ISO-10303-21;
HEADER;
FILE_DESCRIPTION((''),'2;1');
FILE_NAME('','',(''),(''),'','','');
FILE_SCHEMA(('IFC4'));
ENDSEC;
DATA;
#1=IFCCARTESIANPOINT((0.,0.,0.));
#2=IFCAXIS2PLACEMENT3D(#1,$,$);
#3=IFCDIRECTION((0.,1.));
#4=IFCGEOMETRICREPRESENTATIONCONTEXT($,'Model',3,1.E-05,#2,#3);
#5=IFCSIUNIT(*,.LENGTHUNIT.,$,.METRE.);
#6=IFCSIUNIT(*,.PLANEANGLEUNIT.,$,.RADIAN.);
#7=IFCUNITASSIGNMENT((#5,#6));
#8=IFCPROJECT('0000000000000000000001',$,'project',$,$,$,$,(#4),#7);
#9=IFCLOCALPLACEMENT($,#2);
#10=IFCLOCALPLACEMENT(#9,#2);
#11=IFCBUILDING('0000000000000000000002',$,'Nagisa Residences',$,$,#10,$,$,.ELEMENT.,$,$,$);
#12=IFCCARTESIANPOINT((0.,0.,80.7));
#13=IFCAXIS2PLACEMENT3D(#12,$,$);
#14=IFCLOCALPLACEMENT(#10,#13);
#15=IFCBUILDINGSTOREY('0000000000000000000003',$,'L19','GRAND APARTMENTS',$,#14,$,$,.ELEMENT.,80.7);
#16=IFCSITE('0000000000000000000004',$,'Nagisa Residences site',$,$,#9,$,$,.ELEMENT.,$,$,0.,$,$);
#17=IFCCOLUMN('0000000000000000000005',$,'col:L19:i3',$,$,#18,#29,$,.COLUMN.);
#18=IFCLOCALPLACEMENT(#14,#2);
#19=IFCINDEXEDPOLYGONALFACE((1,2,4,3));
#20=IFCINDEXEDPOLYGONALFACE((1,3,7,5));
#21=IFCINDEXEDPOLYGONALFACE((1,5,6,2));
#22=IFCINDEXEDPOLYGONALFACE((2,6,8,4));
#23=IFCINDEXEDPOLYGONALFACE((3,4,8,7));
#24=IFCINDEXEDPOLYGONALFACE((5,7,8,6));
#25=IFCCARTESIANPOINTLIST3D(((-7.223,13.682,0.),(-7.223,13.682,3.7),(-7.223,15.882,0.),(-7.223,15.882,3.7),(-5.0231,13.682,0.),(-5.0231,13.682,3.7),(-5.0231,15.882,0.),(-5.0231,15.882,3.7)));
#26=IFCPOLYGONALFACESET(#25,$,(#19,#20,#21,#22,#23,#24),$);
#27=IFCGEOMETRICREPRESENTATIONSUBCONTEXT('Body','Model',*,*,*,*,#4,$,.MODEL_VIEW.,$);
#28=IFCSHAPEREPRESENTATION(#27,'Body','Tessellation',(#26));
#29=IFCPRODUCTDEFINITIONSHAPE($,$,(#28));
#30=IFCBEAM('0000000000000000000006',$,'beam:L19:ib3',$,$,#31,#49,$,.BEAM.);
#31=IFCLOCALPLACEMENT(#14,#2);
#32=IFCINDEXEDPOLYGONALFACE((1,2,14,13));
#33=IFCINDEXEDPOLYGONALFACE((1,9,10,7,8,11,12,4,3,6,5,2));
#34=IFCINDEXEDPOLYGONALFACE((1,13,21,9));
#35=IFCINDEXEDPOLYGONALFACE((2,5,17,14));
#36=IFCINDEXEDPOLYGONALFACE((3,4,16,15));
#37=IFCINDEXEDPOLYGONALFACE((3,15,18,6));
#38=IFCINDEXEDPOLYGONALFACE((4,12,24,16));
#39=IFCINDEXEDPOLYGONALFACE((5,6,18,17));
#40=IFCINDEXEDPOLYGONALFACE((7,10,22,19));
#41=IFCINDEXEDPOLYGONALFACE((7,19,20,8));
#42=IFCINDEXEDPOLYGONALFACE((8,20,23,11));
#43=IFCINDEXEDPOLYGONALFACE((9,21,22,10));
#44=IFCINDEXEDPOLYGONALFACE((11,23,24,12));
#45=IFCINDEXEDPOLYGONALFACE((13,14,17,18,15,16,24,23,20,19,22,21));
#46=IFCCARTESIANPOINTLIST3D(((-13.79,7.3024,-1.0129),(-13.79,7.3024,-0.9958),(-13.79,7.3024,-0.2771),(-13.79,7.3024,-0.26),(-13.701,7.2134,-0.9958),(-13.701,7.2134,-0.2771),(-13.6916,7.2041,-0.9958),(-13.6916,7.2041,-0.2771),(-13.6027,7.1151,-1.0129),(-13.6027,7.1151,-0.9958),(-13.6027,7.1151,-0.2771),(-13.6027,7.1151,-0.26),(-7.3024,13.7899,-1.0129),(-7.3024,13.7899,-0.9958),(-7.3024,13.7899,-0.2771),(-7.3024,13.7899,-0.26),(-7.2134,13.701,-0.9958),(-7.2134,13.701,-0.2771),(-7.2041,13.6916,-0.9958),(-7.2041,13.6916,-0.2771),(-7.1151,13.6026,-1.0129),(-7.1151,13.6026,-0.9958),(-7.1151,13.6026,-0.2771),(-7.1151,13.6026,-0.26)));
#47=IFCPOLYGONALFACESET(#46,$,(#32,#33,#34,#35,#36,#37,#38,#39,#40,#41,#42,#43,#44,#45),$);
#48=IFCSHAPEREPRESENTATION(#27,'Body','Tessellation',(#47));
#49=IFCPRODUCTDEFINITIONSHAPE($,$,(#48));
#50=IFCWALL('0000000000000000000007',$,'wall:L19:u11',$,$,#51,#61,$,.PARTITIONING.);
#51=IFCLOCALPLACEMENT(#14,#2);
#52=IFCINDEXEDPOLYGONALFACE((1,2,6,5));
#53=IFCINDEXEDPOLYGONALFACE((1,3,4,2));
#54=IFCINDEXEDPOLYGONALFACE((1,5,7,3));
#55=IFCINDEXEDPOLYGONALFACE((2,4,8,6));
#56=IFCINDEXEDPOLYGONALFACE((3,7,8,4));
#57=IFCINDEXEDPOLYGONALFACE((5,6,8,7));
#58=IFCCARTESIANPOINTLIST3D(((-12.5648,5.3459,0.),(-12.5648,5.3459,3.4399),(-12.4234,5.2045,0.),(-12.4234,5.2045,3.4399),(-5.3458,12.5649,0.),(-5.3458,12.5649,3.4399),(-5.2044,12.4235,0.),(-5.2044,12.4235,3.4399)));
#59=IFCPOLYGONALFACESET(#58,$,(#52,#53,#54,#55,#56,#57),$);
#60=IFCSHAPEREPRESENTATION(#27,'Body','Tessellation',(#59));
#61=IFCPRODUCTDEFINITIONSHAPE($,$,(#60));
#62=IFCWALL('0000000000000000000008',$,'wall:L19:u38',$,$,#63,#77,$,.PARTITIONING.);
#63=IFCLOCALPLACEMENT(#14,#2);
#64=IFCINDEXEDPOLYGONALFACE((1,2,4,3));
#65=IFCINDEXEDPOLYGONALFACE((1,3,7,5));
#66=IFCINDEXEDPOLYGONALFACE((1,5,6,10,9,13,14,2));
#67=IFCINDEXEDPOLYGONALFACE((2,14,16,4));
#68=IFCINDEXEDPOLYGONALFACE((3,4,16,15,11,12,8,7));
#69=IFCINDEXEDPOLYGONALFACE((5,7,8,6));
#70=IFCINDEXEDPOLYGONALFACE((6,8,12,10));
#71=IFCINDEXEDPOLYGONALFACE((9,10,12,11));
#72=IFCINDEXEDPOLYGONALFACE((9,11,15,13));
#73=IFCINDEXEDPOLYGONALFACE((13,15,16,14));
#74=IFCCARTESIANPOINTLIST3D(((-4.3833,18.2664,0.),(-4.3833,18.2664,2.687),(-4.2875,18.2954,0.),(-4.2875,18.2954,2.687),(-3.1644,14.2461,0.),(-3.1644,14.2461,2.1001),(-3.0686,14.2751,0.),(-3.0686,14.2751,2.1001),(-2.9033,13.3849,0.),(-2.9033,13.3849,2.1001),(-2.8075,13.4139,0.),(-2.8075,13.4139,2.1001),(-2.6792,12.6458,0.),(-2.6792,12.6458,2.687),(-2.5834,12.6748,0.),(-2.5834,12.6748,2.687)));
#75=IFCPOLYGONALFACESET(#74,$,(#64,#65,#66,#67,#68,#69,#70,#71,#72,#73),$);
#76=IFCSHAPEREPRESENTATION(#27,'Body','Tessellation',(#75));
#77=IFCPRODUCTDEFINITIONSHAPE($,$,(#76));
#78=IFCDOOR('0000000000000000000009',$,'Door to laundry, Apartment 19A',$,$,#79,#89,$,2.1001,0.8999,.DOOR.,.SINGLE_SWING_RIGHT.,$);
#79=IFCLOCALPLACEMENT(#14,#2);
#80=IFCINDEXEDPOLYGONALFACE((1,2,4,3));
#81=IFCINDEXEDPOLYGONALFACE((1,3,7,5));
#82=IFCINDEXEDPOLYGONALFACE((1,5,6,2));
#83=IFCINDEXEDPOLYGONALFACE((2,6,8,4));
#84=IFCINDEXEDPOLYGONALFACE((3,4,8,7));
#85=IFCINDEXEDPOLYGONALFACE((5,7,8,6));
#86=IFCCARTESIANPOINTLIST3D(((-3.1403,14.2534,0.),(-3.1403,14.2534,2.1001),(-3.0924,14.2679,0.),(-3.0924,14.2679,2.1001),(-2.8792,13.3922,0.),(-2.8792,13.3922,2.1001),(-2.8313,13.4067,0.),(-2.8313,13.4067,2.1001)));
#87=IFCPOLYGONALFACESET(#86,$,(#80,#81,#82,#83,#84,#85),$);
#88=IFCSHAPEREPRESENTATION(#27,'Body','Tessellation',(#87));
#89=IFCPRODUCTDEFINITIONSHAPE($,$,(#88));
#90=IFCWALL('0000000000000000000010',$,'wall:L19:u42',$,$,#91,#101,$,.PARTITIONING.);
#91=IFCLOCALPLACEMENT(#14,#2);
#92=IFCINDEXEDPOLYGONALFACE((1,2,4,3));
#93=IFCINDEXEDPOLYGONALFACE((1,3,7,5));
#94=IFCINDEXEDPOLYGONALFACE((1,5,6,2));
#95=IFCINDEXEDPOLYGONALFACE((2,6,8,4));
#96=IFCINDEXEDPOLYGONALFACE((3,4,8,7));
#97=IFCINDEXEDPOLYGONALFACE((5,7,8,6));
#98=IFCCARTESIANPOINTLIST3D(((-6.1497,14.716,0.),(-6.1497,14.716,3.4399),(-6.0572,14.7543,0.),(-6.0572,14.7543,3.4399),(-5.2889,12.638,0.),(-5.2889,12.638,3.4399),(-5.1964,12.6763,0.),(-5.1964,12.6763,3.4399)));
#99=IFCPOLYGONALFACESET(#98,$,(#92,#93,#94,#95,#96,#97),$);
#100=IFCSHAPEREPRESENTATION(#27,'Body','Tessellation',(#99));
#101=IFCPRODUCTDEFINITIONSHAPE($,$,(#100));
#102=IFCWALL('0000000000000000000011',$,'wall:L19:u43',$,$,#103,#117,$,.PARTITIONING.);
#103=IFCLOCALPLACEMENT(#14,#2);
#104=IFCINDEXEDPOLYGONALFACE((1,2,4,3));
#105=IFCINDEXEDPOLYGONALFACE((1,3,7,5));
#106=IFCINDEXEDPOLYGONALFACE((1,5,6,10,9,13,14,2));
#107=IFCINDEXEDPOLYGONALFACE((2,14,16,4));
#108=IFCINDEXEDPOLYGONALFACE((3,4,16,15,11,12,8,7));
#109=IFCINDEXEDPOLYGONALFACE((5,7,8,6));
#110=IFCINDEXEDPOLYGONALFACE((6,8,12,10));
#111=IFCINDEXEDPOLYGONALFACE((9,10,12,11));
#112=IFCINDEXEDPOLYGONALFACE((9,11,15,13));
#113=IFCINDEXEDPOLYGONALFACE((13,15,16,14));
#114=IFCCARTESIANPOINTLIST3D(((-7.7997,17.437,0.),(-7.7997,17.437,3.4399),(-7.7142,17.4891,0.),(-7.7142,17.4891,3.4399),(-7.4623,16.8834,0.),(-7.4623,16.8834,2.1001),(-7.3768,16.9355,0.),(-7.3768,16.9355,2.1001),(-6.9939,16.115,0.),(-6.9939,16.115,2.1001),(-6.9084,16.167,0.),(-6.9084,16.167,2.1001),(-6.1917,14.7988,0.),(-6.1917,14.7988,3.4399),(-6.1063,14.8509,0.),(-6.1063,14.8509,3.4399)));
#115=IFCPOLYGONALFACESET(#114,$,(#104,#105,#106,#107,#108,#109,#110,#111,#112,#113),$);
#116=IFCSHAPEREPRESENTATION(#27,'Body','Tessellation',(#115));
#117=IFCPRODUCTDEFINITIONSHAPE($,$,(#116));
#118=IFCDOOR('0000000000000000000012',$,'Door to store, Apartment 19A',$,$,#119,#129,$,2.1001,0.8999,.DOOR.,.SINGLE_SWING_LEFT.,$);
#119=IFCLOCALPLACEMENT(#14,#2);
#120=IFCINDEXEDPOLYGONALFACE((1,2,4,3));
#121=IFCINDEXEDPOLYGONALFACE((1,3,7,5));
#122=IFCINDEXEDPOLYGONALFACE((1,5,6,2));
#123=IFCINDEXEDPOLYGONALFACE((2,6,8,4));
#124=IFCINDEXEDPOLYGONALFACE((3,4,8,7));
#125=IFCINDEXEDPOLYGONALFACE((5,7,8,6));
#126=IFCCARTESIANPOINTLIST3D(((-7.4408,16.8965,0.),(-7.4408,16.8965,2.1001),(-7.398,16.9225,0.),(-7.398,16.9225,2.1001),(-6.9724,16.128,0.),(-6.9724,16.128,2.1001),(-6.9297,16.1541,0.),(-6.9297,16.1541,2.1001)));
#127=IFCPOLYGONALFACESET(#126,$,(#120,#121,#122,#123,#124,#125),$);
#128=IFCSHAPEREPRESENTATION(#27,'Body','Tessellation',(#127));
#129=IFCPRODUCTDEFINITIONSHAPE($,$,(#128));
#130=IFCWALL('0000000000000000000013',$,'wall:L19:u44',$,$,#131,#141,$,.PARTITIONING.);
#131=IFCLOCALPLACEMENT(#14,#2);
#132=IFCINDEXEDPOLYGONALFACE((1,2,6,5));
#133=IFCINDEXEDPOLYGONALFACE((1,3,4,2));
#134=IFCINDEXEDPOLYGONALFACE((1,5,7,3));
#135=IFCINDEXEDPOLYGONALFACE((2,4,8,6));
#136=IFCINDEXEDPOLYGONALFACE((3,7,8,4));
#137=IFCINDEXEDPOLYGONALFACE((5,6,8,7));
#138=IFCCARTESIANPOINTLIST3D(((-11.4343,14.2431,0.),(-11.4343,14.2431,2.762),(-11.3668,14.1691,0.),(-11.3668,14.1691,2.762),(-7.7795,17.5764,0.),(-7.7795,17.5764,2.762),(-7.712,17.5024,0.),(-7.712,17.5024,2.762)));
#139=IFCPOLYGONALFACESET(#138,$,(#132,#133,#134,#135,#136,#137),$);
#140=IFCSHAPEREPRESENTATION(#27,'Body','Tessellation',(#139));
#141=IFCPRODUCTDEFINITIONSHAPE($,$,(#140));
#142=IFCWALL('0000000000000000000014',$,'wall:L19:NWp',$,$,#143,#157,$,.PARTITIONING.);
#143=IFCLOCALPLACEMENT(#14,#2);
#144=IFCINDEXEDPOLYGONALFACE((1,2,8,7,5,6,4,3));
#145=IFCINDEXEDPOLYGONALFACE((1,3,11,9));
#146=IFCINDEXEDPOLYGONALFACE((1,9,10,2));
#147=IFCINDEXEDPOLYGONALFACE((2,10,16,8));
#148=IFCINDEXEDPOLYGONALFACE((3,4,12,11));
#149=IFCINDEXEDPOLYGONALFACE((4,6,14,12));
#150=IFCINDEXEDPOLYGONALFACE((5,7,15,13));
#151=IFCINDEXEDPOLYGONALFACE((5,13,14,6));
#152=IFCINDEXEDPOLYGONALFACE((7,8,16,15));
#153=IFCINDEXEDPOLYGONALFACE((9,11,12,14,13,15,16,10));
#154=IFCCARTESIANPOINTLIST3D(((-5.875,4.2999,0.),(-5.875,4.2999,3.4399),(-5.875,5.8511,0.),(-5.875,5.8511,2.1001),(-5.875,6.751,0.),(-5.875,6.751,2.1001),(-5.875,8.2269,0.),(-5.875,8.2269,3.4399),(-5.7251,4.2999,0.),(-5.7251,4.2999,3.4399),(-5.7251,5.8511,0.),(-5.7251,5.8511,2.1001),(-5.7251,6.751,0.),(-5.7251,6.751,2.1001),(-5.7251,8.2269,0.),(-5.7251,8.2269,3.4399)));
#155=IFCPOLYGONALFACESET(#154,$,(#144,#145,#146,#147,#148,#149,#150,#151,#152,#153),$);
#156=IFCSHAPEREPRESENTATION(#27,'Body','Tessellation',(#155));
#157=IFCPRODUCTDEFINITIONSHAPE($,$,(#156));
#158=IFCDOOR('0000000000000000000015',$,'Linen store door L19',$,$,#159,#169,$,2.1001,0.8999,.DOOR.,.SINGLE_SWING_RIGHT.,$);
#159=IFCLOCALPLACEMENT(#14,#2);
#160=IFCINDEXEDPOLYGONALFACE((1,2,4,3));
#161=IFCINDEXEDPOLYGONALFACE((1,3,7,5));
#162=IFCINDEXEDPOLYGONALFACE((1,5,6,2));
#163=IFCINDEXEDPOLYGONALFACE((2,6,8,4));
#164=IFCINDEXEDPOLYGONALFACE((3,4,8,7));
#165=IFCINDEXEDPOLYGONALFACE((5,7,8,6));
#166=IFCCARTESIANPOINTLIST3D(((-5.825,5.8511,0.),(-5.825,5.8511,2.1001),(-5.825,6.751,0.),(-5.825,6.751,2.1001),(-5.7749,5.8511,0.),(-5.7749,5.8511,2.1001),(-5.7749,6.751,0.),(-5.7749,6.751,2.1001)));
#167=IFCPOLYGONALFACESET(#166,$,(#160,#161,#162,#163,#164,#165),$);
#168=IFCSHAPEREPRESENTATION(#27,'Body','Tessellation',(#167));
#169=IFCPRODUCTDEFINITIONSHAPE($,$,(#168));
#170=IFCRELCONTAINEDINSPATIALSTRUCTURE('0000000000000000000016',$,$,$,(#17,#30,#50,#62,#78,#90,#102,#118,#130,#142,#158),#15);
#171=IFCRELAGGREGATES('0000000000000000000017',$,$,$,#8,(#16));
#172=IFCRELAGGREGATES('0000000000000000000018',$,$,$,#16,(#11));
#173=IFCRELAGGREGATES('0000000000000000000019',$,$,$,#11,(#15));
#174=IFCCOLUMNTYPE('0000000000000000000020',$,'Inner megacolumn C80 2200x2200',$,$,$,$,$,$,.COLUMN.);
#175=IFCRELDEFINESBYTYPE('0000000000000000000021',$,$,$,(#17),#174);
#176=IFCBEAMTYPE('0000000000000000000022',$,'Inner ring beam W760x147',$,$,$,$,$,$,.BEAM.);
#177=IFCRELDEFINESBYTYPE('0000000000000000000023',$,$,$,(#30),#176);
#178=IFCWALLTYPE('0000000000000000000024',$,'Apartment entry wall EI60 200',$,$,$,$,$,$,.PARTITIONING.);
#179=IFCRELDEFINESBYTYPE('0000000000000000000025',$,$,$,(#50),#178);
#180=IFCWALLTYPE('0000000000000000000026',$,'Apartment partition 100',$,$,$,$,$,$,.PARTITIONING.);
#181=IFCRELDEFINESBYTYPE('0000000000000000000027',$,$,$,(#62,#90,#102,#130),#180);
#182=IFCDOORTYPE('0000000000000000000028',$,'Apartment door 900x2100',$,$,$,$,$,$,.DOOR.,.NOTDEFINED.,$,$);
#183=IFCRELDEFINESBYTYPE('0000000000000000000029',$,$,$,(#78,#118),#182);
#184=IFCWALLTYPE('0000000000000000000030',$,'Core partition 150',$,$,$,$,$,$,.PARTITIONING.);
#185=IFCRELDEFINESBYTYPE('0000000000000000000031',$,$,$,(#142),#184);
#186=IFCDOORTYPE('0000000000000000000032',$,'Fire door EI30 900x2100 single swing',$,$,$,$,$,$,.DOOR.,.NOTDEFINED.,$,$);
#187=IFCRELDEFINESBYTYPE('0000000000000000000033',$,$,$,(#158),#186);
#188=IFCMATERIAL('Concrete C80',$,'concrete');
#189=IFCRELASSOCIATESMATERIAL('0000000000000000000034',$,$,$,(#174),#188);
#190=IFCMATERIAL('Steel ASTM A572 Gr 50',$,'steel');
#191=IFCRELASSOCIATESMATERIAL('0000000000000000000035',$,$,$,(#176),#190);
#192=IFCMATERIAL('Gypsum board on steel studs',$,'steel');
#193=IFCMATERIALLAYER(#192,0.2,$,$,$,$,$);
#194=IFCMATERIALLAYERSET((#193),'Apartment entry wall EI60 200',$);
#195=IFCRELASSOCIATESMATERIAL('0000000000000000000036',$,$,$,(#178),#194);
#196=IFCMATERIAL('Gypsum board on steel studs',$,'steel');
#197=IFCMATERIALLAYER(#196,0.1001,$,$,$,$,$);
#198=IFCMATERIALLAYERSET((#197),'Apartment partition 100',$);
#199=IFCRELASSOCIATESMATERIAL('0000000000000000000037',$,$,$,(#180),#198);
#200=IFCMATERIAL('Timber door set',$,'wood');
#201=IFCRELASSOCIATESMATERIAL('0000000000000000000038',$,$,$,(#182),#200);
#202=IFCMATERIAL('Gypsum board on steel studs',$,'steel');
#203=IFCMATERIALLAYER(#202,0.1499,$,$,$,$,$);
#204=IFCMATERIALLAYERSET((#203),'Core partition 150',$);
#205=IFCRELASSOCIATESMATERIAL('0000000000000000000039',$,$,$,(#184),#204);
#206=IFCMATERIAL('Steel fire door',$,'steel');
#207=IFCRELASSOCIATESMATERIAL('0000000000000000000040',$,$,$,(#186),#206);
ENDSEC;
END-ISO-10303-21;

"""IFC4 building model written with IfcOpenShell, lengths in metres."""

from ifc_helpers import new_model, si_unit, direction, frame, frame_2d, origin, origin_2d, place, context, subcontext, project, spatial, rectangle, i_section, extrude, material, layer, layer_set, material_profile, profile_set, type_object, element, fill, save


model = new_model("IFC4")

# Units and contexts
model_context = context("Model", 3, precision=1e-05, world=origin(), true_north=direction((0.0, 1.0)))
body_context = subcontext(model_context, "Body", "Model", "MODEL_VIEW")
ifc_project = project(units=[si_unit("LENGTHUNIT", "METRE"), si_unit("PLANEANGLEUNIT", "RADIAN")], contexts=[model_context])

# Site, building, storey
site_placement = place(None, origin())
site = spatial("IfcSite", under=ifc_project, at=site_placement, Name="Nagisa Residences site", CompositionType="ELEMENT", RefElevation=0.0)
building_placement = place(site_placement, origin())
building = spatial("IfcBuilding", under=site, at=building_placement, Name="Nagisa Residences", CompositionType="ELEMENT")
storey_placement = place(building_placement, frame((0.0, 0.0, 80.7)))
storey = spatial("IfcBuildingStorey", under=building, at=storey_placement, Name="L19", Description="GRAND APARTMENTS", CompositionType="ELEMENT", Elevation=80.7)

# Column
ifc_material_1 = material(Name="Concrete C80", Category="concrete")
ifc_material_profile_1 = material_profile(ifc_material_1, rectangle(XDim=2.2, YDim=2.2, at=origin_2d()), Name="C80 2200x2200")
ifc_profile_set_1 = profile_set([ifc_material_profile_1], Name="Concrete C80")
column_type = type_object("IfcColumnType", Name="Inner megacolumn C80 2200x2200", PredefinedType="COLUMN", material=ifc_profile_set_1)
column_placement = place(storey_placement, frame((-6.123, 14.782, 0.0), z_axis=(0.0, 0.0, 1.0), x_axis=(1.0, 0.0, 0.0)))
element("IfcColumn", 1, at=column_placement, inside=storey, type_object=column_type, Name="col:L19:i3", PredefinedType="COLUMN", context=body_context, shape_type="SweptSolid", body=[
    extrude(rectangle(XDim=2.2, YDim=2.2, at=origin_2d()), origin(), (0.0, 0.0, 1.0), 3.7),
])

# Beam
ifc_material_2 = material(Name="Steel ASTM A572 Gr 50", Category="steel")
ifc_material_profile_2 = material_profile(ifc_material_2, i_section(OverallWidth=0.2649, OverallDepth=0.7529, WebThickness=0.0132, FlangeThickness=0.0171, at=origin_2d()), Name="W760x147")
ifc_profile_set_2 = profile_set([ifc_material_profile_2], Name="Steel ASTM A572 Gr 50")
beam_type = type_object("IfcBeamType", Name="Inner ring beam W760x147", PredefinedType="BEAM", material=ifc_profile_set_2)
beam_placement = place(storey_placement, frame((-7.2087, 13.6963, -0.6365), z_axis=(-0.707107, -0.707107, 0.0), x_axis=(0.707107, -0.707107, 0.0)))
element("IfcBeam", 2, at=beam_placement, inside=storey, type_object=beam_type, Name="beam:L19:ib3", PredefinedType="BEAM", context=body_context, shape_type="SweptSolid", body=[
    extrude(i_section(OverallWidth=0.2649, OverallDepth=0.7529, WebThickness=0.0132, FlangeThickness=0.0171, at=origin_2d()), origin(), (0.0, 0.0, 1.0), 9.1748),
])

# Wall
ifc_material_3 = material(Name="Gypsum board on steel studs", Category="steel")
ifc_layer_1 = layer(ifc_material_3, 0.2)
ifc_layer_set_1 = layer_set([ifc_layer_1], Name="Apartment entry wall EI60 200")
wall_type_1 = type_object("IfcWallType", Name="Apartment entry wall EI60 200", PredefinedType="PARTITIONING", material=ifc_layer_set_1)
wall_1_placement = place(storey_placement, frame((-5.2751, 12.4941, 0.0), z_axis=(0.0, 0.0, 1.0), x_axis=(-0.707107, -0.707107, 0.0)))
element("IfcWall", 3, at=wall_1_placement, inside=storey, type_object=wall_type_1, Name="wall:L19:u11", PredefinedType="PARTITIONING", context=body_context, shape_type="SweptSolid", body=[
    extrude(rectangle(XDim=10.2092, YDim=0.2, at=frame_2d((5.1045, 0.0))), origin(), (0.0, 0.0, 1.0), 3.4399),
])

# Wall, opening, door
ifc_material_4 = material(Name="Gypsum board on steel studs", Category="steel")
ifc_layer_2 = layer(ifc_material_4, 0.1001)
ifc_layer_set_2 = layer_set([ifc_layer_2], Name="Apartment partition 100")
wall_type_2 = type_object("IfcWallType", Name="Apartment partition 100", PredefinedType="PARTITIONING", material=ifc_layer_set_2)
wall_2_placement = place(storey_placement, frame((-2.6313, 12.6604, 0.0), z_axis=(0.0, 0.0, 1.0), x_axis=(-0.290146, 0.956982, 0.0)))
wall_2 = element("IfcWall", 4, at=wall_2_placement, inside=storey, type_object=wall_type_2, Name="wall:L19:u38", PredefinedType="PARTITIONING", context=body_context, shape_type="SweptSolid", body=[
    extrude(rectangle(XDim=5.8733, YDim=0.1001, at=frame_2d((2.9365, 0.0))), origin(), (0.0, 0.0, 1.0), 2.687),
])
opening_1_placement = place(wall_2_placement, frame((0.7722, 0.0, 0.0)))
opening_1 = element("IfcOpeningElement", 5, at=opening_1_placement, cuts=wall_2, PredefinedType="OPENING", context=body_context, shape_type="SweptSolid", body=[
    extrude(rectangle(XDim=0.8999, YDim=2.1001, at=frame_2d((0.45, 1.05))), frame((0.0, 0.0601, 0.0), z_axis=(0.0, -1.0, 0.0), x_axis=(1.0, 0.0, 0.0)), (0.0, 0.0, 1.0), 0.1201),
])
ifc_material_5 = material(Name="Timber door set", Category="wood")
door_type_1 = type_object("IfcDoorType", Name="Apartment door 900x2100", OperationType="NOTDEFINED", PredefinedType="DOOR", material=ifc_material_5)
door_1_placement = place(opening_1_placement, origin())
door_1 = element("IfcDoor", 6, at=door_1_placement, inside=storey, type_object=door_type_1, Name="Door to laundry, Apartment 19A", OperationType="SINGLE_SWING_RIGHT", OverallHeight=2.1001, OverallWidth=0.8999, PredefinedType="DOOR", context=body_context, shape_type="SweptSolid", body=[
    extrude(rectangle(XDim=0.8999, YDim=2.1001, at=frame_2d((0.45, 1.05))), frame((0.0, 0.0249, 0.0), z_axis=(0.0, -1.0, 0.0), x_axis=(1.0, 0.0, 0.0)), (0.0, 0.0, 1.0), 0.05),
])
fill(opening_1, door_1)

# Wall
wall_3_placement = place(storey_placement, frame((-5.2427, 12.6572, 0.0), z_axis=(0.0, 0.0, 1.0), x_axis=(-0.382703, 0.923871, 0.0)))
element("IfcWall", 7, at=wall_3_placement, inside=storey, type_object=wall_type_2, Name="wall:L19:u42", PredefinedType="PARTITIONING", context=body_context, shape_type="SweptSolid", body=[
    extrude(rectangle(XDim=2.2493, YDim=0.1001, at=frame_2d((1.1245, 0.0))), origin(), (0.0, 0.0, 1.0), 3.4399),
])

# Wall, opening, door
wall_4_placement = place(storey_placement, frame((-6.1489, 14.8247, 0.0), z_axis=(0.0, 0.0, 1.0), x_axis=(-0.520433, 0.853902, 0.0)))
wall_4 = element("IfcWall", 8, at=wall_4_placement, inside=storey, type_object=wall_type_2, Name="wall:L19:u43", PredefinedType="PARTITIONING", context=body_context, shape_type="SweptSolid", body=[
    extrude(rectangle(XDim=3.0896, YDim=0.1001, at=frame_2d((1.5449, 0.0))), origin(), (0.0, 0.0, 1.0), 3.4399),
])
opening_2_placement = place(wall_4_placement, frame((1.5415, 0.0, 0.0)))
opening_2 = element("IfcOpeningElement", 9, at=opening_2_placement, cuts=wall_4, PredefinedType="OPENING", context=body_context, shape_type="SweptSolid", body=[
    extrude(rectangle(XDim=0.8999, YDim=2.1001, at=frame_2d((0.45, 1.05))), frame((0.0, 0.0601, 0.0), z_axis=(0.0, -1.0, 0.0), x_axis=(1.0, 0.0, 0.0)), (0.0, 0.0, 1.0), 0.1201),
])
door_2_placement = place(opening_2_placement, origin())
door_2 = element("IfcDoor", 10, at=door_2_placement, inside=storey, type_object=door_type_1, Name="Door to store, Apartment 19A", OperationType="SINGLE_SWING_LEFT", OverallHeight=2.1001, OverallWidth=0.8999, PredefinedType="DOOR", context=body_context, shape_type="SweptSolid", body=[
    extrude(rectangle(XDim=0.8999, YDim=2.1001, at=frame_2d((0.45, 1.05))), frame((0.0, 0.0249, 0.0), z_axis=(0.0, -1.0, 0.0), x_axis=(1.0, 0.0, 0.0)), (0.0, 0.0, 1.0), 0.05),
])
fill(opening_2, door_2)

# Wall
wall_5_placement = place(storey_placement, frame((-7.7458, 17.5393, 0.0), z_axis=(0.0, 0.0, 1.0), x_axis=(-0.73886, -0.673858, 0.0)))
element("IfcWall", 11, at=wall_5_placement, inside=storey, type_object=wall_type_2, Name="wall:L19:u44", PredefinedType="PARTITIONING", context=body_context, shape_type="SweptSolid", body=[
    extrude(rectangle(XDim=4.9465, YDim=0.1001, at=frame_2d((2.4731, 0.0))), origin(), (0.0, 0.0, 1.0), 2.762),
])

# Wall, opening, door
ifc_material_6 = material(Name="Gypsum board on steel studs", Category="steel")
ifc_layer_3 = layer(ifc_material_6, 0.1499)
ifc_layer_set_3 = layer_set([ifc_layer_3], Name="Core partition 150")
wall_type_3 = type_object("IfcWallType", Name="Core partition 150", PredefinedType="PARTITIONING", material=ifc_layer_set_3)
wall_6_placement = place(storey_placement, frame((-5.8, 4.3, 0.0), z_axis=(0.0, 0.0, 1.0), x_axis=(0.0, 1.0, 0.0)))
wall_6 = element("IfcWall", 12, at=wall_6_placement, inside=storey, type_object=wall_type_3, Name="wall:L19:NWp", PredefinedType="PARTITIONING", context=body_context, shape_type="SweptSolid", body=[
    extrude(rectangle(XDim=3.927, YDim=0.1499, at=frame_2d((1.9634, 0.0))), origin(), (0.0, 0.0, 1.0), 3.4399),
])
opening_3_placement = place(wall_6_placement, frame((1.551, 0.0, 0.0)))
opening_3 = element("IfcOpeningElement", 13, at=opening_3_placement, cuts=wall_6, PredefinedType="OPENING", context=body_context, shape_type="SweptSolid", body=[
    extrude(rectangle(XDim=0.8999, YDim=2.1001, at=frame_2d((0.45, 1.05))), frame((0.0, 0.085, 0.0), z_axis=(0.0, -1.0, 0.0), x_axis=(1.0, 0.0, 0.0)), (0.0, 0.0, 1.0), 0.1699),
])
ifc_material_7 = material(Name="Steel fire door", Category="steel")
door_type_2 = type_object("IfcDoorType", Name="Fire door EI30 900x2100 single swing", OperationType="NOTDEFINED", PredefinedType="DOOR", material=ifc_material_7)
door_3_placement = place(opening_3_placement, origin())
door_3 = element("IfcDoor", 14, at=door_3_placement, inside=storey, type_object=door_type_2, Name="Linen store door L19", OperationType="SINGLE_SWING_RIGHT", OverallHeight=2.1001, OverallWidth=0.8999, PredefinedType="DOOR", context=body_context, shape_type="SweptSolid", body=[
    extrude(rectangle(XDim=0.8999, YDim=2.1001, at=frame_2d((0.45, 1.05))), frame((0.0, 0.0249, 0.0), z_axis=(0.0, -1.0, 0.0), x_axis=(1.0, 0.0, 0.0)), (0.0, 0.0, 1.0), 0.05),
])
fill(opening_3, door_3)

save(model, "model.ifc")
